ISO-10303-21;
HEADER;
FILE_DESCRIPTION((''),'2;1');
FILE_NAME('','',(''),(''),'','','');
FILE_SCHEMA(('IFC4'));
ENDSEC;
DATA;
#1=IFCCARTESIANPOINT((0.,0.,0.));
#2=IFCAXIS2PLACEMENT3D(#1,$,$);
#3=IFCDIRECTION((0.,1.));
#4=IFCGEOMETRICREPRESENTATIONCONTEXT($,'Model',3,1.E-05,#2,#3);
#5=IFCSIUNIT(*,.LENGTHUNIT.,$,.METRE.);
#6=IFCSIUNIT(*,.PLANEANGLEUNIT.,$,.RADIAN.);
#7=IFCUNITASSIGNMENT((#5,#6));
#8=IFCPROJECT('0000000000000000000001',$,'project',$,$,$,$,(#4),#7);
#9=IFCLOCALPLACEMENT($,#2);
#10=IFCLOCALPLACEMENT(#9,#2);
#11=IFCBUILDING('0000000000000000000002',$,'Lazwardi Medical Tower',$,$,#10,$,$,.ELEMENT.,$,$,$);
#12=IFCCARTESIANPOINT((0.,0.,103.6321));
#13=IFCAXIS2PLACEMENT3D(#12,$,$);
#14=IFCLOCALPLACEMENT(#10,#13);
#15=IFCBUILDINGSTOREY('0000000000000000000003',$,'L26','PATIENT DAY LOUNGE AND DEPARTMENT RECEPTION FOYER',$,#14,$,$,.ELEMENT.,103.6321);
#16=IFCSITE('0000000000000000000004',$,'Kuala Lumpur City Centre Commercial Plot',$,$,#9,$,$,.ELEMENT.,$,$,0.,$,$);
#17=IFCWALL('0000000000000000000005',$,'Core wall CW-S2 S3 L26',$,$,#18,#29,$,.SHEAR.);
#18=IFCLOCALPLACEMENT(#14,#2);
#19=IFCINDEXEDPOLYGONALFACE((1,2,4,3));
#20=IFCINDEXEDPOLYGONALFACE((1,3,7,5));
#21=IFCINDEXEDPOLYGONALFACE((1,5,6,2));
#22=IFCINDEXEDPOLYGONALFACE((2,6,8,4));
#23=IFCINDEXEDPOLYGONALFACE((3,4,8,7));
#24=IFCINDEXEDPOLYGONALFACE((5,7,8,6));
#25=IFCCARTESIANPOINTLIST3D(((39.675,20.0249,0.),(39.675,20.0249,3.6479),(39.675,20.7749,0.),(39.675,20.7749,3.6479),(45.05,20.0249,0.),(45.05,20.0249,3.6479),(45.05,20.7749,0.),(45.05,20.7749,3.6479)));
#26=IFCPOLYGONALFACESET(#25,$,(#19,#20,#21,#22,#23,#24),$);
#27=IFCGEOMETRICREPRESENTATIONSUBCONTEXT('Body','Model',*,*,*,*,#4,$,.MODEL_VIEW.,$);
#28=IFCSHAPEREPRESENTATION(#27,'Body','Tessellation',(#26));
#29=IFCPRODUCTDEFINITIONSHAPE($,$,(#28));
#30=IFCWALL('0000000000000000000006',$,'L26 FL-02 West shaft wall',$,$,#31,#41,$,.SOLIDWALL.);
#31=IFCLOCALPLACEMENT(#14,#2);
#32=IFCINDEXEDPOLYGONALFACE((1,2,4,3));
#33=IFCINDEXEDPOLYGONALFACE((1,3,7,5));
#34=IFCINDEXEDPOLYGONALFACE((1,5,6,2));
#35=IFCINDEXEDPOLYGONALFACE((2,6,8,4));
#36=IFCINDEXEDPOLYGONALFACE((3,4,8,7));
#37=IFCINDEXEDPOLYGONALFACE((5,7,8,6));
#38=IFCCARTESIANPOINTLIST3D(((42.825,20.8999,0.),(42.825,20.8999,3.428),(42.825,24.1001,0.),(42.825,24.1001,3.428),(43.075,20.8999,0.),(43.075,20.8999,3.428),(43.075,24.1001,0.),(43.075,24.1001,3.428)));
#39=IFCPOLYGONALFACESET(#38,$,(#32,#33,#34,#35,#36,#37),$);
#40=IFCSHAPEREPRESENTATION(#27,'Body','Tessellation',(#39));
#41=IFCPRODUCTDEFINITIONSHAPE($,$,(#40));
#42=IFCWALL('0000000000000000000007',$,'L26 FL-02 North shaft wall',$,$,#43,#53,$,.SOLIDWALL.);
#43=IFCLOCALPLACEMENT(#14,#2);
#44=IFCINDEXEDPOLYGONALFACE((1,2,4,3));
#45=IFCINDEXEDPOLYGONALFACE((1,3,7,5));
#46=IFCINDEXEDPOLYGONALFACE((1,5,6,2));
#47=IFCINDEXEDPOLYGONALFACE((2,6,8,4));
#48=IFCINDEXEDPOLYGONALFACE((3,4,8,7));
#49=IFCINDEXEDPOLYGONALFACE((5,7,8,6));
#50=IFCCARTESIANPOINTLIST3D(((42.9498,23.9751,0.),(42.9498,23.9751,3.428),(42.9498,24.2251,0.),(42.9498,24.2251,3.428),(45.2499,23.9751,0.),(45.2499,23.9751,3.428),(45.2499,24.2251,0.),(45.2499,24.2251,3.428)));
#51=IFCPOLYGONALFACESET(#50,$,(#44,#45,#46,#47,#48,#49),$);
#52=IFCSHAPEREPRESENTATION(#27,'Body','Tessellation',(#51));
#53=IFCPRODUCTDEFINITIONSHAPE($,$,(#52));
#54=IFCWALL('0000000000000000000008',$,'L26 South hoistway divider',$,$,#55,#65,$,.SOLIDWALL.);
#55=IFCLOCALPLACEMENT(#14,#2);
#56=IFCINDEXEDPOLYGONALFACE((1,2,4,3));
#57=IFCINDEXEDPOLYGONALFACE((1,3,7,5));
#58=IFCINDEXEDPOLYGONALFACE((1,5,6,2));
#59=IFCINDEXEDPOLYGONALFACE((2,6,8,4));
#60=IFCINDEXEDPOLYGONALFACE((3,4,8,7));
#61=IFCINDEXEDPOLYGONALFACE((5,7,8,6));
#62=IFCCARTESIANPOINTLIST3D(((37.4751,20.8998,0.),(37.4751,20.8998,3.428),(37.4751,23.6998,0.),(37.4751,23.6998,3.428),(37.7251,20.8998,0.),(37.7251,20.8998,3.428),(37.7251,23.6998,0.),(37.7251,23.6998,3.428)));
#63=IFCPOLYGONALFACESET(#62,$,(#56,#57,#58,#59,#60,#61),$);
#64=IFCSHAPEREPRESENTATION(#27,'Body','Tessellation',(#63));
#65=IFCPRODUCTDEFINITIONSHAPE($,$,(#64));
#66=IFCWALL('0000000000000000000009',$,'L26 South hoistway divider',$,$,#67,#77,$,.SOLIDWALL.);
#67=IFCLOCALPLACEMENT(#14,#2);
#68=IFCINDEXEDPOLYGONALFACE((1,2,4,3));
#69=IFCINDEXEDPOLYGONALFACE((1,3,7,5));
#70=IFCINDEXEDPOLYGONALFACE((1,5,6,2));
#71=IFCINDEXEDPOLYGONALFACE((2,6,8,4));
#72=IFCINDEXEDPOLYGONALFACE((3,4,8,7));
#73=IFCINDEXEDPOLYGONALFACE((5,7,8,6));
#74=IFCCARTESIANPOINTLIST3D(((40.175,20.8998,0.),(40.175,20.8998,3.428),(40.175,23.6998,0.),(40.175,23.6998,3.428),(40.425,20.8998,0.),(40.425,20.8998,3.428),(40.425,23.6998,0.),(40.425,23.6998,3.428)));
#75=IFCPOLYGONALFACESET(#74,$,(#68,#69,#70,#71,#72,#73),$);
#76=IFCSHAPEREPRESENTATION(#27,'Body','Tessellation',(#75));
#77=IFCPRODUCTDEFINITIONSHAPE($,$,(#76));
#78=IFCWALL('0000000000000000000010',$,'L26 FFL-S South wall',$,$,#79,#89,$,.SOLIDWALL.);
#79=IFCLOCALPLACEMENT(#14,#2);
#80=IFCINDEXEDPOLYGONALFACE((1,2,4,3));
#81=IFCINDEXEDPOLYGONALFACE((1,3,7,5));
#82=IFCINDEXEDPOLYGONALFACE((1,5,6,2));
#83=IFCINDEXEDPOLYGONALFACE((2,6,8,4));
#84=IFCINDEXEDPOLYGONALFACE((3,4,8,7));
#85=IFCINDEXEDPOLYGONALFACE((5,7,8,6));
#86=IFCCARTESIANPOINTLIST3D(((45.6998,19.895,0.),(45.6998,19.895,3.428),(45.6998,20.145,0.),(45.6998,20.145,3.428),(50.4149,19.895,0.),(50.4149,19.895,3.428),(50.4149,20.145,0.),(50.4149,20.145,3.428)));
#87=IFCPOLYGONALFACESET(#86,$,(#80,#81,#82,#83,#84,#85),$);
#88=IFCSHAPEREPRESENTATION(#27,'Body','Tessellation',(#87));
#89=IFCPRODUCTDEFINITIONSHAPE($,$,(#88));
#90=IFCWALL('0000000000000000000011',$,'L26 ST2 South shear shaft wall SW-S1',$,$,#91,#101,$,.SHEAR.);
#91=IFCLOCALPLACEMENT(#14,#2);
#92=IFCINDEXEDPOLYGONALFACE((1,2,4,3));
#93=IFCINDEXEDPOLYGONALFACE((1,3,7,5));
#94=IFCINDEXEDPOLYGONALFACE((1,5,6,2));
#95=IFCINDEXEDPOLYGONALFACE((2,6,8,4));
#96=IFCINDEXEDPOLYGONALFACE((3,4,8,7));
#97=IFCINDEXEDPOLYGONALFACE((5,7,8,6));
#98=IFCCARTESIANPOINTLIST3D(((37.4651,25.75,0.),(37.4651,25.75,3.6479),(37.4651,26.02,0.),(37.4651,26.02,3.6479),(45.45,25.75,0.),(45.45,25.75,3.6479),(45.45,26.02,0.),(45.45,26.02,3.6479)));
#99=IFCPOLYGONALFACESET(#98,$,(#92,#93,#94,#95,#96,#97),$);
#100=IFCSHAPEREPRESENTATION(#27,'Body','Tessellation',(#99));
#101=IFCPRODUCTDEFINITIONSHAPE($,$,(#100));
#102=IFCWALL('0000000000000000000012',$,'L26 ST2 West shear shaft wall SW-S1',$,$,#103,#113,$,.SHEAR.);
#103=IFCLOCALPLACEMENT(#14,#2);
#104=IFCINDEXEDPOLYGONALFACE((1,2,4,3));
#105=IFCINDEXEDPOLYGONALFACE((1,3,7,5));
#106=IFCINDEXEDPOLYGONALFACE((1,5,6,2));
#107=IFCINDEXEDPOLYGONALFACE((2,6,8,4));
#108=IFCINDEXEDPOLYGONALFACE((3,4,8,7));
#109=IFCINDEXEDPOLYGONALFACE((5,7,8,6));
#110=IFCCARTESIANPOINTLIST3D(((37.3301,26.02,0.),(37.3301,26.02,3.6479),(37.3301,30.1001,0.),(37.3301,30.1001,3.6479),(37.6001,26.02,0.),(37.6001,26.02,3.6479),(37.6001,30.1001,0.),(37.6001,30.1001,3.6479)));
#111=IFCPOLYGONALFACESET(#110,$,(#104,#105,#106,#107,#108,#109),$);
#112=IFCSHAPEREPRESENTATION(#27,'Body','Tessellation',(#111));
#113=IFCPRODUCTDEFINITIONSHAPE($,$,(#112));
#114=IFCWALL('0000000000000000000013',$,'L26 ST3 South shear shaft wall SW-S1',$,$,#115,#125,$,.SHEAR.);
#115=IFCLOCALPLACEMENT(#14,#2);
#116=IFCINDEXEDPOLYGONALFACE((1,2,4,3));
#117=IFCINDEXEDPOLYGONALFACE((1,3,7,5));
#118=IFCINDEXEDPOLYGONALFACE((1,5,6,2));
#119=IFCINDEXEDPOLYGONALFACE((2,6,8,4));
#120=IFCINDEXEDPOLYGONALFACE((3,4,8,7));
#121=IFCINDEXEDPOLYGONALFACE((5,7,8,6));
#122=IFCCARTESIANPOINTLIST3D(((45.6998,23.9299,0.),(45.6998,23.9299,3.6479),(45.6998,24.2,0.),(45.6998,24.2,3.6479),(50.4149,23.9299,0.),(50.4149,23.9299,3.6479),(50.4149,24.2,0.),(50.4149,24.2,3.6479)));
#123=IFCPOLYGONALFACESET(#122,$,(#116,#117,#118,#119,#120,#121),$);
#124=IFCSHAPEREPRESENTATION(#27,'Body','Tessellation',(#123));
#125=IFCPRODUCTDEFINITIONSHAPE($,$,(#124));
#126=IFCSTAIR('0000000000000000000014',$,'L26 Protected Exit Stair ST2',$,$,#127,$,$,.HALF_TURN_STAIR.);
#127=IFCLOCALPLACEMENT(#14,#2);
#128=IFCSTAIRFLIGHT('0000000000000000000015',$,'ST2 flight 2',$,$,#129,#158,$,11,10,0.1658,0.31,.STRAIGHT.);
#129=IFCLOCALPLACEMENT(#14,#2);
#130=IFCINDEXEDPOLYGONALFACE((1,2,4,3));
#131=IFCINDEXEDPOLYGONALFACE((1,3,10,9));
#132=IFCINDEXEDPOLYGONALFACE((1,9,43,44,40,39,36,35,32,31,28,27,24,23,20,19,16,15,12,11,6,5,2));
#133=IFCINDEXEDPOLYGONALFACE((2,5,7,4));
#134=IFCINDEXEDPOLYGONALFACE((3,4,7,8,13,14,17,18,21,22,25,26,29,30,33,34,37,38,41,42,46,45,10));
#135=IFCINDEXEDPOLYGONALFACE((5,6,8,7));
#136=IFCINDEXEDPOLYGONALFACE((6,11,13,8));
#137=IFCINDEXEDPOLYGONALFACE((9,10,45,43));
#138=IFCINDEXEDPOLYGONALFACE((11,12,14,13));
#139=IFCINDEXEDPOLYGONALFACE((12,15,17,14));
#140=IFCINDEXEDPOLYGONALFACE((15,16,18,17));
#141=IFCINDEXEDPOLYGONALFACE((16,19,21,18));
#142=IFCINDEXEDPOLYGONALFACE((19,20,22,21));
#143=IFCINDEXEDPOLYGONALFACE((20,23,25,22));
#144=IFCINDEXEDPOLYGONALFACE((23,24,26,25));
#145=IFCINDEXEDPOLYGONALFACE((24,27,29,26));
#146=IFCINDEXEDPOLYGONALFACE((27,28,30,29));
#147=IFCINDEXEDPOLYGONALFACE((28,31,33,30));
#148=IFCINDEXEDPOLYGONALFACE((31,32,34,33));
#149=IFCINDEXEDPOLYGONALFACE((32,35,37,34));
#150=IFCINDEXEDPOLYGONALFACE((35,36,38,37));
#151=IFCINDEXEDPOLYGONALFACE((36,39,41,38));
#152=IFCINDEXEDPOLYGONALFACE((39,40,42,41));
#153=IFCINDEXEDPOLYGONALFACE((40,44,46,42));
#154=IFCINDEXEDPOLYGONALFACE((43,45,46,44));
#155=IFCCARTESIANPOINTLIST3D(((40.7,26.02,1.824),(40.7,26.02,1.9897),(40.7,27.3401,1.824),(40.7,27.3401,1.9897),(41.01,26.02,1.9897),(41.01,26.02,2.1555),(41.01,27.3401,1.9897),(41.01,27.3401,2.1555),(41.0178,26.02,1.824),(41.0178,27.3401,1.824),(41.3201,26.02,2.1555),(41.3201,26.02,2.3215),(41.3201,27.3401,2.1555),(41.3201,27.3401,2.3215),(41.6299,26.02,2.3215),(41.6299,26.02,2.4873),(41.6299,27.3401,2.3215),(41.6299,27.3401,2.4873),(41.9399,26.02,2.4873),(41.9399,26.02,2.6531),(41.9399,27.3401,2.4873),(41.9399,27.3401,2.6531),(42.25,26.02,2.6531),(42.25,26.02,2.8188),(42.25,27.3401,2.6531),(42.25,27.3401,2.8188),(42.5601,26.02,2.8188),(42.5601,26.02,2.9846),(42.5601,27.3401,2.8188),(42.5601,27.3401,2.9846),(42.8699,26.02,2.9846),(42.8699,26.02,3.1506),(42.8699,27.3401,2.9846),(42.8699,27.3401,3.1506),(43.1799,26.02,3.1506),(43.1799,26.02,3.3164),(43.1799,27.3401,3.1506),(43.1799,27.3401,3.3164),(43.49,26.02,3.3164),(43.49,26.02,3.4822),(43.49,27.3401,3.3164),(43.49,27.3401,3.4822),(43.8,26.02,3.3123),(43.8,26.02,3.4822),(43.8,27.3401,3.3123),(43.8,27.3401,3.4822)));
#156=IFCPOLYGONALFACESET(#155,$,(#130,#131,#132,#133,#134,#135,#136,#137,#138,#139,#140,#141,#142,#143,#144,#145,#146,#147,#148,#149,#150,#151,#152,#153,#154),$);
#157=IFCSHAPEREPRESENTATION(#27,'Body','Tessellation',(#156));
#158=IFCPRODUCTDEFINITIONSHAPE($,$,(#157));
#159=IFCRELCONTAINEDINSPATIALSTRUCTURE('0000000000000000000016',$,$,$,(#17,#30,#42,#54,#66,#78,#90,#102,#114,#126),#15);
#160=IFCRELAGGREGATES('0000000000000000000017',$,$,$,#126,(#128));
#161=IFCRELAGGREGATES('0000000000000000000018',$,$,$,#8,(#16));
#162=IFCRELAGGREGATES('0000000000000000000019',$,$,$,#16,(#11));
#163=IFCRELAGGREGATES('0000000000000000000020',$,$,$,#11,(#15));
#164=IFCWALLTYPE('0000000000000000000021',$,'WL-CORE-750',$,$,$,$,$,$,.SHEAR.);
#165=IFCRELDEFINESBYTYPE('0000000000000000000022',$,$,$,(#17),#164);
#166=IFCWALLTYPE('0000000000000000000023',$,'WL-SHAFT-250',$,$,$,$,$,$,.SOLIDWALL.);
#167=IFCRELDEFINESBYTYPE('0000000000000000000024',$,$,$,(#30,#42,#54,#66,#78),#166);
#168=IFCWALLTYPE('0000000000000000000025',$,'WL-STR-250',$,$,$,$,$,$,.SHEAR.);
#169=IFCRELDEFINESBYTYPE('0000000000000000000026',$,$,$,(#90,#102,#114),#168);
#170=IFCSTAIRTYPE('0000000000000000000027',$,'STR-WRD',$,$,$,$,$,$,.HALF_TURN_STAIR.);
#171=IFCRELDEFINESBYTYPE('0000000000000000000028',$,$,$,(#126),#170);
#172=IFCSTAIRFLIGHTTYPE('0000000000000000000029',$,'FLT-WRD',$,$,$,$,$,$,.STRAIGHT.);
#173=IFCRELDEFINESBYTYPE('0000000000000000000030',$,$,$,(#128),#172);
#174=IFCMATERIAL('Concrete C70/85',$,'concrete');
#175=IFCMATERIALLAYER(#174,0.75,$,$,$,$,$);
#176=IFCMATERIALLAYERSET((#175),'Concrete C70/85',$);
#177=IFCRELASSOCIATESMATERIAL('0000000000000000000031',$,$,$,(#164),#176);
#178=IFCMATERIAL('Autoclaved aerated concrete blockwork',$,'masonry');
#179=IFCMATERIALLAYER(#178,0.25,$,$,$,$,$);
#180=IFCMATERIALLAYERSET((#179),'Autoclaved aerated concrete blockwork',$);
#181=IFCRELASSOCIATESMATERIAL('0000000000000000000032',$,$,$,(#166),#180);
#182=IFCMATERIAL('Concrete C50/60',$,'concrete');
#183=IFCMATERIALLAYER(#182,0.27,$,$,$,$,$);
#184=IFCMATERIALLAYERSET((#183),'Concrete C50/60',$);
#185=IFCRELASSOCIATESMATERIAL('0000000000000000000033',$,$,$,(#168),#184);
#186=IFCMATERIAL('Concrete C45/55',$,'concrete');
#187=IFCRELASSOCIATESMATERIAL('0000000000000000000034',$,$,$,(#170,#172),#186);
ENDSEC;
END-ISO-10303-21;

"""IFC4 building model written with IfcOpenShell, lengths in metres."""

from ifc_helpers import new_model, si_unit, direction, frame, frame_2d, origin, place, context, subcontext, project, spatial, polyline, rectangle, outline, extrude, material, layer, layer_set, type_object, element, aggregate, save


model = new_model("IFC4")

# Units and contexts
model_context = context("Model", 3, precision=1e-05, world=origin(), true_north=direction((0.0, 1.0)))
body_context = subcontext(model_context, "Body", "Model", "MODEL_VIEW")
ifc_project = project(units=[si_unit("LENGTHUNIT", "METRE"), si_unit("PLANEANGLEUNIT", "RADIAN")], contexts=[model_context])

# Site, building, storey
site_placement = place(None, origin())
site = spatial("IfcSite", under=ifc_project, at=site_placement, Name="Kuala Lumpur City Centre Commercial Plot", CompositionType="ELEMENT", RefElevation=0.0)
building_placement = place(site_placement, origin())
building = spatial("IfcBuilding", under=site, at=building_placement, Name="Lazwardi Medical Tower", CompositionType="ELEMENT")
storey_placement = place(building_placement, frame((0.0, 0.0, 103.6321)))
storey = spatial("IfcBuildingStorey", under=building, at=storey_placement, Name="L26", Description="PATIENT DAY LOUNGE AND DEPARTMENT RECEPTION FOYER", CompositionType="ELEMENT", Elevation=103.6321)

# Shared definitions
ifc_material_1 = material(Name="Concrete C70/85", Category="concrete")

# Shared definitions
ifc_layer_1 = layer(ifc_material_1, 0.75)
ifc_layer_set_1 = layer_set([ifc_layer_1], Name="Concrete C70/85")
wall_type_1 = type_object("IfcWallType", Name="WL-CORE-750", PredefinedType="SHEAR", material=ifc_layer_set_1)

# Walls
wall_1_placement = place(storey_placement, frame((39.675, 20.3999, 0.0), z_axis=(0.0, 0.0, 1.0), x_axis=(1.0, 0.0, 0.0)))
element("IfcWall", 1, at=wall_1_placement, inside=storey, type_object=wall_type_1, Name="Core wall CW-S2 S3 L26", PredefinedType="SHEAR", context=body_context, shape_type="SweptSolid", body=[
    extrude(rectangle(XDim=5.375, YDim=0.75, at=frame_2d((2.6875, 0.0))), origin(), (0.0, 0.0, 1.0), 3.6479),
])
ifc_material_2 = material(Name="Autoclaved aerated concrete blockwork", Category="masonry")
ifc_layer_2 = layer(ifc_material_2, 0.25)
ifc_layer_set_2 = layer_set([ifc_layer_2], Name="Autoclaved aerated concrete blockwork")
wall_type_2 = type_object("IfcWallType", Name="WL-SHAFT-250", PredefinedType="SOLIDWALL", material=ifc_layer_set_2)
wall_2_placement = place(storey_placement, frame((42.95, 20.8999, 0.0), z_axis=(0.0, 0.0, 1.0), x_axis=(0.0, 1.0, 0.0)))
element("IfcWall", 2, at=wall_2_placement, inside=storey, type_object=wall_type_2, Name="L26 FL-02 West shaft wall", PredefinedType="SOLIDWALL", context=body_context, shape_type="SweptSolid", body=[
    extrude(rectangle(XDim=3.2002, YDim=0.25, at=frame_2d((1.6001, 0.0))), origin(), (0.0, 0.0, 1.0), 3.428),
])
wall_3_placement = place(storey_placement, frame((42.95, 24.1001, 0.0), z_axis=(0.0, 0.0, 1.0), x_axis=(1.0, 0.0, 0.0)))
element("IfcWall", 3, at=wall_3_placement, inside=storey, type_object=wall_type_2, Name="L26 FL-02 North shaft wall", PredefinedType="SOLIDWALL", context=body_context, shape_type="SweptSolid", body=[
    extrude(rectangle(XDim=2.3, YDim=0.25, at=frame_2d((1.1499, 0.0))), origin(), (0.0, 0.0, 1.0), 3.428),
])
for number, where, z_axis, x_axis, name in (
    (4, (37.6001, 20.8999, 0.0), (0.0, 0.0, 1.0), (0.0, 1.0, 0.0), "L26 South hoistway divider"),
    (5, (40.3, 20.8999, 0.0), (0.0, 0.0, 1.0), (0.0, 1.0, 0.0), "L26 South hoistway divider"),
):
    element("IfcWall", number, at=place(storey_placement, frame(where, z_axis=z_axis, x_axis=x_axis)), inside=storey, type_object=wall_type_2, Name=name, PredefinedType="SOLIDWALL", context=body_context, shape_type="SweptSolid", body=[
        extrude(rectangle(XDim=2.8, YDim=0.25, at=frame_2d((1.3999, 0.0))), origin(), (0.0, 0.0, 1.0), 3.428),
    ])
wall_4_placement = place(storey_placement, frame((45.7, 20.02, 0.0), z_axis=(0.0, 0.0, 1.0), x_axis=(1.0, 0.0, 0.0)))
element("IfcWall", 6, at=wall_4_placement, inside=storey, type_object=wall_type_2, Name="L26 FFL-S South wall", PredefinedType="SOLIDWALL", context=body_context, shape_type="SweptSolid", body=[
    extrude(rectangle(XDim=4.7151, YDim=0.25, at=frame_2d((2.3574, 0.0))), origin(), (0.0, 0.0, 1.0), 3.428),
])
ifc_material_3 = material(Name="Concrete C50/60", Category="concrete")
ifc_layer_3 = layer(ifc_material_3, 0.27)
ifc_layer_set_3 = layer_set([ifc_layer_3], Name="Concrete C50/60")
wall_type_3 = type_object("IfcWallType", Name="WL-STR-250", PredefinedType="SHEAR", material=ifc_layer_set_3)
wall_5_placement = place(storey_placement, frame((37.4651, 25.885, 0.0), z_axis=(0.0, 0.0, 1.0), x_axis=(1.0, 0.0, 0.0)))
element("IfcWall", 7, at=wall_5_placement, inside=storey, type_object=wall_type_3, Name="L26 ST2 South shear shaft wall SW-S1", PredefinedType="SHEAR", context=body_context, shape_type="SweptSolid", body=[
    extrude(rectangle(XDim=7.9849, YDim=0.27, at=frame_2d((3.9924, 0.0))), origin(), (0.0, 0.0, 1.0), 3.6479),
])
wall_6_placement = place(storey_placement, frame((37.4651, 26.02, 0.0), z_axis=(0.0, 0.0, 1.0), x_axis=(0.0, 1.0, 0.0)))
element("IfcWall", 8, at=wall_6_placement, inside=storey, type_object=wall_type_3, Name="L26 ST2 West shear shaft wall SW-S1", PredefinedType="SHEAR", context=body_context, shape_type="SweptSolid", body=[
    extrude(rectangle(XDim=4.0801, YDim=0.27, at=frame_2d((2.04, 0.0))), origin(), (0.0, 0.0, 1.0), 3.6479),
])
wall_7_placement = place(storey_placement, frame((45.7, 24.0649, 0.0), z_axis=(0.0, 0.0, 1.0), x_axis=(1.0, 0.0, 0.0)))
element("IfcWall", 9, at=wall_7_placement, inside=storey, type_object=wall_type_3, Name="L26 ST3 South shear shaft wall SW-S1", PredefinedType="SHEAR", context=body_context, shape_type="SweptSolid", body=[
    extrude(rectangle(XDim=4.7151, YDim=0.27, at=frame_2d((2.3574, 0.0))), origin(), (0.0, 0.0, 1.0), 3.6479),
])

# Stair, stair flight
ifc_material_4 = material(Name="Concrete C45/55", Category="concrete")
stair_type = type_object("IfcStairType", Name="STR-WRD", PredefinedType="HALF_TURN_STAIR", material=ifc_material_4)
stair_placement = place(storey_placement, origin())
stair = element("IfcStair", 10, at=stair_placement, inside=storey, type_object=stair_type, Name="L26 Protected Exit Stair ST2", PredefinedType="HALF_TURN_STAIR")
stair_flight_type = type_object("IfcStairFlightType", Name="FLT-WRD", PredefinedType="STRAIGHT", material=ifc_material_4)
stair_flight_placement = place(storey_placement, frame((40.7, 26.6799, 1.824), z_axis=(0.0, 0.0, 1.0), x_axis=(1.0, 0.0, 0.0)))
stair_flight = element("IfcStairFlight", 11, at=stair_flight_placement, type_object=stair_flight_type, Name="ST2 flight 2", NumberOfRisers=11, NumberOfTreads=10, PredefinedType="STRAIGHT", RiserHeight=0.1658, TreadLength=0.31, context=body_context, shape_type="SweptSolid", body=[
    extrude(outline(polyline([(0.0, 0.0), (0.0, 0.1658), (0.3101, 0.1658), (0.3101, 0.3315), (0.6201, 0.3315), (0.6201, 0.4976), (0.9299, 0.4976), (0.9299, 0.6633), (1.24, 0.6633), (1.24, 0.8291), (1.55, 0.8291), (1.55, 0.9949), (1.8601, 0.9949), (1.8601, 1.1606), (2.1699, 1.1606), (2.1699, 1.3267), (2.48, 1.3267), (2.48, 1.4924), (2.79, 1.4924), (2.79, 1.6582), (3.1001, 1.6582), (3.1001, 1.824), (3.1001, 1.4883), (0.3179, 0.0), (0.0, 0.0)])), frame((0.0, 0.6602, 0.0), z_axis=(0.0, -1.0, 0.0), x_axis=(1.0, 0.0, 0.0)), (0.0, 0.0, 1.0), 1.3201),
])
aggregate(stair, [stair_flight])

save(model, "model.ifc")
